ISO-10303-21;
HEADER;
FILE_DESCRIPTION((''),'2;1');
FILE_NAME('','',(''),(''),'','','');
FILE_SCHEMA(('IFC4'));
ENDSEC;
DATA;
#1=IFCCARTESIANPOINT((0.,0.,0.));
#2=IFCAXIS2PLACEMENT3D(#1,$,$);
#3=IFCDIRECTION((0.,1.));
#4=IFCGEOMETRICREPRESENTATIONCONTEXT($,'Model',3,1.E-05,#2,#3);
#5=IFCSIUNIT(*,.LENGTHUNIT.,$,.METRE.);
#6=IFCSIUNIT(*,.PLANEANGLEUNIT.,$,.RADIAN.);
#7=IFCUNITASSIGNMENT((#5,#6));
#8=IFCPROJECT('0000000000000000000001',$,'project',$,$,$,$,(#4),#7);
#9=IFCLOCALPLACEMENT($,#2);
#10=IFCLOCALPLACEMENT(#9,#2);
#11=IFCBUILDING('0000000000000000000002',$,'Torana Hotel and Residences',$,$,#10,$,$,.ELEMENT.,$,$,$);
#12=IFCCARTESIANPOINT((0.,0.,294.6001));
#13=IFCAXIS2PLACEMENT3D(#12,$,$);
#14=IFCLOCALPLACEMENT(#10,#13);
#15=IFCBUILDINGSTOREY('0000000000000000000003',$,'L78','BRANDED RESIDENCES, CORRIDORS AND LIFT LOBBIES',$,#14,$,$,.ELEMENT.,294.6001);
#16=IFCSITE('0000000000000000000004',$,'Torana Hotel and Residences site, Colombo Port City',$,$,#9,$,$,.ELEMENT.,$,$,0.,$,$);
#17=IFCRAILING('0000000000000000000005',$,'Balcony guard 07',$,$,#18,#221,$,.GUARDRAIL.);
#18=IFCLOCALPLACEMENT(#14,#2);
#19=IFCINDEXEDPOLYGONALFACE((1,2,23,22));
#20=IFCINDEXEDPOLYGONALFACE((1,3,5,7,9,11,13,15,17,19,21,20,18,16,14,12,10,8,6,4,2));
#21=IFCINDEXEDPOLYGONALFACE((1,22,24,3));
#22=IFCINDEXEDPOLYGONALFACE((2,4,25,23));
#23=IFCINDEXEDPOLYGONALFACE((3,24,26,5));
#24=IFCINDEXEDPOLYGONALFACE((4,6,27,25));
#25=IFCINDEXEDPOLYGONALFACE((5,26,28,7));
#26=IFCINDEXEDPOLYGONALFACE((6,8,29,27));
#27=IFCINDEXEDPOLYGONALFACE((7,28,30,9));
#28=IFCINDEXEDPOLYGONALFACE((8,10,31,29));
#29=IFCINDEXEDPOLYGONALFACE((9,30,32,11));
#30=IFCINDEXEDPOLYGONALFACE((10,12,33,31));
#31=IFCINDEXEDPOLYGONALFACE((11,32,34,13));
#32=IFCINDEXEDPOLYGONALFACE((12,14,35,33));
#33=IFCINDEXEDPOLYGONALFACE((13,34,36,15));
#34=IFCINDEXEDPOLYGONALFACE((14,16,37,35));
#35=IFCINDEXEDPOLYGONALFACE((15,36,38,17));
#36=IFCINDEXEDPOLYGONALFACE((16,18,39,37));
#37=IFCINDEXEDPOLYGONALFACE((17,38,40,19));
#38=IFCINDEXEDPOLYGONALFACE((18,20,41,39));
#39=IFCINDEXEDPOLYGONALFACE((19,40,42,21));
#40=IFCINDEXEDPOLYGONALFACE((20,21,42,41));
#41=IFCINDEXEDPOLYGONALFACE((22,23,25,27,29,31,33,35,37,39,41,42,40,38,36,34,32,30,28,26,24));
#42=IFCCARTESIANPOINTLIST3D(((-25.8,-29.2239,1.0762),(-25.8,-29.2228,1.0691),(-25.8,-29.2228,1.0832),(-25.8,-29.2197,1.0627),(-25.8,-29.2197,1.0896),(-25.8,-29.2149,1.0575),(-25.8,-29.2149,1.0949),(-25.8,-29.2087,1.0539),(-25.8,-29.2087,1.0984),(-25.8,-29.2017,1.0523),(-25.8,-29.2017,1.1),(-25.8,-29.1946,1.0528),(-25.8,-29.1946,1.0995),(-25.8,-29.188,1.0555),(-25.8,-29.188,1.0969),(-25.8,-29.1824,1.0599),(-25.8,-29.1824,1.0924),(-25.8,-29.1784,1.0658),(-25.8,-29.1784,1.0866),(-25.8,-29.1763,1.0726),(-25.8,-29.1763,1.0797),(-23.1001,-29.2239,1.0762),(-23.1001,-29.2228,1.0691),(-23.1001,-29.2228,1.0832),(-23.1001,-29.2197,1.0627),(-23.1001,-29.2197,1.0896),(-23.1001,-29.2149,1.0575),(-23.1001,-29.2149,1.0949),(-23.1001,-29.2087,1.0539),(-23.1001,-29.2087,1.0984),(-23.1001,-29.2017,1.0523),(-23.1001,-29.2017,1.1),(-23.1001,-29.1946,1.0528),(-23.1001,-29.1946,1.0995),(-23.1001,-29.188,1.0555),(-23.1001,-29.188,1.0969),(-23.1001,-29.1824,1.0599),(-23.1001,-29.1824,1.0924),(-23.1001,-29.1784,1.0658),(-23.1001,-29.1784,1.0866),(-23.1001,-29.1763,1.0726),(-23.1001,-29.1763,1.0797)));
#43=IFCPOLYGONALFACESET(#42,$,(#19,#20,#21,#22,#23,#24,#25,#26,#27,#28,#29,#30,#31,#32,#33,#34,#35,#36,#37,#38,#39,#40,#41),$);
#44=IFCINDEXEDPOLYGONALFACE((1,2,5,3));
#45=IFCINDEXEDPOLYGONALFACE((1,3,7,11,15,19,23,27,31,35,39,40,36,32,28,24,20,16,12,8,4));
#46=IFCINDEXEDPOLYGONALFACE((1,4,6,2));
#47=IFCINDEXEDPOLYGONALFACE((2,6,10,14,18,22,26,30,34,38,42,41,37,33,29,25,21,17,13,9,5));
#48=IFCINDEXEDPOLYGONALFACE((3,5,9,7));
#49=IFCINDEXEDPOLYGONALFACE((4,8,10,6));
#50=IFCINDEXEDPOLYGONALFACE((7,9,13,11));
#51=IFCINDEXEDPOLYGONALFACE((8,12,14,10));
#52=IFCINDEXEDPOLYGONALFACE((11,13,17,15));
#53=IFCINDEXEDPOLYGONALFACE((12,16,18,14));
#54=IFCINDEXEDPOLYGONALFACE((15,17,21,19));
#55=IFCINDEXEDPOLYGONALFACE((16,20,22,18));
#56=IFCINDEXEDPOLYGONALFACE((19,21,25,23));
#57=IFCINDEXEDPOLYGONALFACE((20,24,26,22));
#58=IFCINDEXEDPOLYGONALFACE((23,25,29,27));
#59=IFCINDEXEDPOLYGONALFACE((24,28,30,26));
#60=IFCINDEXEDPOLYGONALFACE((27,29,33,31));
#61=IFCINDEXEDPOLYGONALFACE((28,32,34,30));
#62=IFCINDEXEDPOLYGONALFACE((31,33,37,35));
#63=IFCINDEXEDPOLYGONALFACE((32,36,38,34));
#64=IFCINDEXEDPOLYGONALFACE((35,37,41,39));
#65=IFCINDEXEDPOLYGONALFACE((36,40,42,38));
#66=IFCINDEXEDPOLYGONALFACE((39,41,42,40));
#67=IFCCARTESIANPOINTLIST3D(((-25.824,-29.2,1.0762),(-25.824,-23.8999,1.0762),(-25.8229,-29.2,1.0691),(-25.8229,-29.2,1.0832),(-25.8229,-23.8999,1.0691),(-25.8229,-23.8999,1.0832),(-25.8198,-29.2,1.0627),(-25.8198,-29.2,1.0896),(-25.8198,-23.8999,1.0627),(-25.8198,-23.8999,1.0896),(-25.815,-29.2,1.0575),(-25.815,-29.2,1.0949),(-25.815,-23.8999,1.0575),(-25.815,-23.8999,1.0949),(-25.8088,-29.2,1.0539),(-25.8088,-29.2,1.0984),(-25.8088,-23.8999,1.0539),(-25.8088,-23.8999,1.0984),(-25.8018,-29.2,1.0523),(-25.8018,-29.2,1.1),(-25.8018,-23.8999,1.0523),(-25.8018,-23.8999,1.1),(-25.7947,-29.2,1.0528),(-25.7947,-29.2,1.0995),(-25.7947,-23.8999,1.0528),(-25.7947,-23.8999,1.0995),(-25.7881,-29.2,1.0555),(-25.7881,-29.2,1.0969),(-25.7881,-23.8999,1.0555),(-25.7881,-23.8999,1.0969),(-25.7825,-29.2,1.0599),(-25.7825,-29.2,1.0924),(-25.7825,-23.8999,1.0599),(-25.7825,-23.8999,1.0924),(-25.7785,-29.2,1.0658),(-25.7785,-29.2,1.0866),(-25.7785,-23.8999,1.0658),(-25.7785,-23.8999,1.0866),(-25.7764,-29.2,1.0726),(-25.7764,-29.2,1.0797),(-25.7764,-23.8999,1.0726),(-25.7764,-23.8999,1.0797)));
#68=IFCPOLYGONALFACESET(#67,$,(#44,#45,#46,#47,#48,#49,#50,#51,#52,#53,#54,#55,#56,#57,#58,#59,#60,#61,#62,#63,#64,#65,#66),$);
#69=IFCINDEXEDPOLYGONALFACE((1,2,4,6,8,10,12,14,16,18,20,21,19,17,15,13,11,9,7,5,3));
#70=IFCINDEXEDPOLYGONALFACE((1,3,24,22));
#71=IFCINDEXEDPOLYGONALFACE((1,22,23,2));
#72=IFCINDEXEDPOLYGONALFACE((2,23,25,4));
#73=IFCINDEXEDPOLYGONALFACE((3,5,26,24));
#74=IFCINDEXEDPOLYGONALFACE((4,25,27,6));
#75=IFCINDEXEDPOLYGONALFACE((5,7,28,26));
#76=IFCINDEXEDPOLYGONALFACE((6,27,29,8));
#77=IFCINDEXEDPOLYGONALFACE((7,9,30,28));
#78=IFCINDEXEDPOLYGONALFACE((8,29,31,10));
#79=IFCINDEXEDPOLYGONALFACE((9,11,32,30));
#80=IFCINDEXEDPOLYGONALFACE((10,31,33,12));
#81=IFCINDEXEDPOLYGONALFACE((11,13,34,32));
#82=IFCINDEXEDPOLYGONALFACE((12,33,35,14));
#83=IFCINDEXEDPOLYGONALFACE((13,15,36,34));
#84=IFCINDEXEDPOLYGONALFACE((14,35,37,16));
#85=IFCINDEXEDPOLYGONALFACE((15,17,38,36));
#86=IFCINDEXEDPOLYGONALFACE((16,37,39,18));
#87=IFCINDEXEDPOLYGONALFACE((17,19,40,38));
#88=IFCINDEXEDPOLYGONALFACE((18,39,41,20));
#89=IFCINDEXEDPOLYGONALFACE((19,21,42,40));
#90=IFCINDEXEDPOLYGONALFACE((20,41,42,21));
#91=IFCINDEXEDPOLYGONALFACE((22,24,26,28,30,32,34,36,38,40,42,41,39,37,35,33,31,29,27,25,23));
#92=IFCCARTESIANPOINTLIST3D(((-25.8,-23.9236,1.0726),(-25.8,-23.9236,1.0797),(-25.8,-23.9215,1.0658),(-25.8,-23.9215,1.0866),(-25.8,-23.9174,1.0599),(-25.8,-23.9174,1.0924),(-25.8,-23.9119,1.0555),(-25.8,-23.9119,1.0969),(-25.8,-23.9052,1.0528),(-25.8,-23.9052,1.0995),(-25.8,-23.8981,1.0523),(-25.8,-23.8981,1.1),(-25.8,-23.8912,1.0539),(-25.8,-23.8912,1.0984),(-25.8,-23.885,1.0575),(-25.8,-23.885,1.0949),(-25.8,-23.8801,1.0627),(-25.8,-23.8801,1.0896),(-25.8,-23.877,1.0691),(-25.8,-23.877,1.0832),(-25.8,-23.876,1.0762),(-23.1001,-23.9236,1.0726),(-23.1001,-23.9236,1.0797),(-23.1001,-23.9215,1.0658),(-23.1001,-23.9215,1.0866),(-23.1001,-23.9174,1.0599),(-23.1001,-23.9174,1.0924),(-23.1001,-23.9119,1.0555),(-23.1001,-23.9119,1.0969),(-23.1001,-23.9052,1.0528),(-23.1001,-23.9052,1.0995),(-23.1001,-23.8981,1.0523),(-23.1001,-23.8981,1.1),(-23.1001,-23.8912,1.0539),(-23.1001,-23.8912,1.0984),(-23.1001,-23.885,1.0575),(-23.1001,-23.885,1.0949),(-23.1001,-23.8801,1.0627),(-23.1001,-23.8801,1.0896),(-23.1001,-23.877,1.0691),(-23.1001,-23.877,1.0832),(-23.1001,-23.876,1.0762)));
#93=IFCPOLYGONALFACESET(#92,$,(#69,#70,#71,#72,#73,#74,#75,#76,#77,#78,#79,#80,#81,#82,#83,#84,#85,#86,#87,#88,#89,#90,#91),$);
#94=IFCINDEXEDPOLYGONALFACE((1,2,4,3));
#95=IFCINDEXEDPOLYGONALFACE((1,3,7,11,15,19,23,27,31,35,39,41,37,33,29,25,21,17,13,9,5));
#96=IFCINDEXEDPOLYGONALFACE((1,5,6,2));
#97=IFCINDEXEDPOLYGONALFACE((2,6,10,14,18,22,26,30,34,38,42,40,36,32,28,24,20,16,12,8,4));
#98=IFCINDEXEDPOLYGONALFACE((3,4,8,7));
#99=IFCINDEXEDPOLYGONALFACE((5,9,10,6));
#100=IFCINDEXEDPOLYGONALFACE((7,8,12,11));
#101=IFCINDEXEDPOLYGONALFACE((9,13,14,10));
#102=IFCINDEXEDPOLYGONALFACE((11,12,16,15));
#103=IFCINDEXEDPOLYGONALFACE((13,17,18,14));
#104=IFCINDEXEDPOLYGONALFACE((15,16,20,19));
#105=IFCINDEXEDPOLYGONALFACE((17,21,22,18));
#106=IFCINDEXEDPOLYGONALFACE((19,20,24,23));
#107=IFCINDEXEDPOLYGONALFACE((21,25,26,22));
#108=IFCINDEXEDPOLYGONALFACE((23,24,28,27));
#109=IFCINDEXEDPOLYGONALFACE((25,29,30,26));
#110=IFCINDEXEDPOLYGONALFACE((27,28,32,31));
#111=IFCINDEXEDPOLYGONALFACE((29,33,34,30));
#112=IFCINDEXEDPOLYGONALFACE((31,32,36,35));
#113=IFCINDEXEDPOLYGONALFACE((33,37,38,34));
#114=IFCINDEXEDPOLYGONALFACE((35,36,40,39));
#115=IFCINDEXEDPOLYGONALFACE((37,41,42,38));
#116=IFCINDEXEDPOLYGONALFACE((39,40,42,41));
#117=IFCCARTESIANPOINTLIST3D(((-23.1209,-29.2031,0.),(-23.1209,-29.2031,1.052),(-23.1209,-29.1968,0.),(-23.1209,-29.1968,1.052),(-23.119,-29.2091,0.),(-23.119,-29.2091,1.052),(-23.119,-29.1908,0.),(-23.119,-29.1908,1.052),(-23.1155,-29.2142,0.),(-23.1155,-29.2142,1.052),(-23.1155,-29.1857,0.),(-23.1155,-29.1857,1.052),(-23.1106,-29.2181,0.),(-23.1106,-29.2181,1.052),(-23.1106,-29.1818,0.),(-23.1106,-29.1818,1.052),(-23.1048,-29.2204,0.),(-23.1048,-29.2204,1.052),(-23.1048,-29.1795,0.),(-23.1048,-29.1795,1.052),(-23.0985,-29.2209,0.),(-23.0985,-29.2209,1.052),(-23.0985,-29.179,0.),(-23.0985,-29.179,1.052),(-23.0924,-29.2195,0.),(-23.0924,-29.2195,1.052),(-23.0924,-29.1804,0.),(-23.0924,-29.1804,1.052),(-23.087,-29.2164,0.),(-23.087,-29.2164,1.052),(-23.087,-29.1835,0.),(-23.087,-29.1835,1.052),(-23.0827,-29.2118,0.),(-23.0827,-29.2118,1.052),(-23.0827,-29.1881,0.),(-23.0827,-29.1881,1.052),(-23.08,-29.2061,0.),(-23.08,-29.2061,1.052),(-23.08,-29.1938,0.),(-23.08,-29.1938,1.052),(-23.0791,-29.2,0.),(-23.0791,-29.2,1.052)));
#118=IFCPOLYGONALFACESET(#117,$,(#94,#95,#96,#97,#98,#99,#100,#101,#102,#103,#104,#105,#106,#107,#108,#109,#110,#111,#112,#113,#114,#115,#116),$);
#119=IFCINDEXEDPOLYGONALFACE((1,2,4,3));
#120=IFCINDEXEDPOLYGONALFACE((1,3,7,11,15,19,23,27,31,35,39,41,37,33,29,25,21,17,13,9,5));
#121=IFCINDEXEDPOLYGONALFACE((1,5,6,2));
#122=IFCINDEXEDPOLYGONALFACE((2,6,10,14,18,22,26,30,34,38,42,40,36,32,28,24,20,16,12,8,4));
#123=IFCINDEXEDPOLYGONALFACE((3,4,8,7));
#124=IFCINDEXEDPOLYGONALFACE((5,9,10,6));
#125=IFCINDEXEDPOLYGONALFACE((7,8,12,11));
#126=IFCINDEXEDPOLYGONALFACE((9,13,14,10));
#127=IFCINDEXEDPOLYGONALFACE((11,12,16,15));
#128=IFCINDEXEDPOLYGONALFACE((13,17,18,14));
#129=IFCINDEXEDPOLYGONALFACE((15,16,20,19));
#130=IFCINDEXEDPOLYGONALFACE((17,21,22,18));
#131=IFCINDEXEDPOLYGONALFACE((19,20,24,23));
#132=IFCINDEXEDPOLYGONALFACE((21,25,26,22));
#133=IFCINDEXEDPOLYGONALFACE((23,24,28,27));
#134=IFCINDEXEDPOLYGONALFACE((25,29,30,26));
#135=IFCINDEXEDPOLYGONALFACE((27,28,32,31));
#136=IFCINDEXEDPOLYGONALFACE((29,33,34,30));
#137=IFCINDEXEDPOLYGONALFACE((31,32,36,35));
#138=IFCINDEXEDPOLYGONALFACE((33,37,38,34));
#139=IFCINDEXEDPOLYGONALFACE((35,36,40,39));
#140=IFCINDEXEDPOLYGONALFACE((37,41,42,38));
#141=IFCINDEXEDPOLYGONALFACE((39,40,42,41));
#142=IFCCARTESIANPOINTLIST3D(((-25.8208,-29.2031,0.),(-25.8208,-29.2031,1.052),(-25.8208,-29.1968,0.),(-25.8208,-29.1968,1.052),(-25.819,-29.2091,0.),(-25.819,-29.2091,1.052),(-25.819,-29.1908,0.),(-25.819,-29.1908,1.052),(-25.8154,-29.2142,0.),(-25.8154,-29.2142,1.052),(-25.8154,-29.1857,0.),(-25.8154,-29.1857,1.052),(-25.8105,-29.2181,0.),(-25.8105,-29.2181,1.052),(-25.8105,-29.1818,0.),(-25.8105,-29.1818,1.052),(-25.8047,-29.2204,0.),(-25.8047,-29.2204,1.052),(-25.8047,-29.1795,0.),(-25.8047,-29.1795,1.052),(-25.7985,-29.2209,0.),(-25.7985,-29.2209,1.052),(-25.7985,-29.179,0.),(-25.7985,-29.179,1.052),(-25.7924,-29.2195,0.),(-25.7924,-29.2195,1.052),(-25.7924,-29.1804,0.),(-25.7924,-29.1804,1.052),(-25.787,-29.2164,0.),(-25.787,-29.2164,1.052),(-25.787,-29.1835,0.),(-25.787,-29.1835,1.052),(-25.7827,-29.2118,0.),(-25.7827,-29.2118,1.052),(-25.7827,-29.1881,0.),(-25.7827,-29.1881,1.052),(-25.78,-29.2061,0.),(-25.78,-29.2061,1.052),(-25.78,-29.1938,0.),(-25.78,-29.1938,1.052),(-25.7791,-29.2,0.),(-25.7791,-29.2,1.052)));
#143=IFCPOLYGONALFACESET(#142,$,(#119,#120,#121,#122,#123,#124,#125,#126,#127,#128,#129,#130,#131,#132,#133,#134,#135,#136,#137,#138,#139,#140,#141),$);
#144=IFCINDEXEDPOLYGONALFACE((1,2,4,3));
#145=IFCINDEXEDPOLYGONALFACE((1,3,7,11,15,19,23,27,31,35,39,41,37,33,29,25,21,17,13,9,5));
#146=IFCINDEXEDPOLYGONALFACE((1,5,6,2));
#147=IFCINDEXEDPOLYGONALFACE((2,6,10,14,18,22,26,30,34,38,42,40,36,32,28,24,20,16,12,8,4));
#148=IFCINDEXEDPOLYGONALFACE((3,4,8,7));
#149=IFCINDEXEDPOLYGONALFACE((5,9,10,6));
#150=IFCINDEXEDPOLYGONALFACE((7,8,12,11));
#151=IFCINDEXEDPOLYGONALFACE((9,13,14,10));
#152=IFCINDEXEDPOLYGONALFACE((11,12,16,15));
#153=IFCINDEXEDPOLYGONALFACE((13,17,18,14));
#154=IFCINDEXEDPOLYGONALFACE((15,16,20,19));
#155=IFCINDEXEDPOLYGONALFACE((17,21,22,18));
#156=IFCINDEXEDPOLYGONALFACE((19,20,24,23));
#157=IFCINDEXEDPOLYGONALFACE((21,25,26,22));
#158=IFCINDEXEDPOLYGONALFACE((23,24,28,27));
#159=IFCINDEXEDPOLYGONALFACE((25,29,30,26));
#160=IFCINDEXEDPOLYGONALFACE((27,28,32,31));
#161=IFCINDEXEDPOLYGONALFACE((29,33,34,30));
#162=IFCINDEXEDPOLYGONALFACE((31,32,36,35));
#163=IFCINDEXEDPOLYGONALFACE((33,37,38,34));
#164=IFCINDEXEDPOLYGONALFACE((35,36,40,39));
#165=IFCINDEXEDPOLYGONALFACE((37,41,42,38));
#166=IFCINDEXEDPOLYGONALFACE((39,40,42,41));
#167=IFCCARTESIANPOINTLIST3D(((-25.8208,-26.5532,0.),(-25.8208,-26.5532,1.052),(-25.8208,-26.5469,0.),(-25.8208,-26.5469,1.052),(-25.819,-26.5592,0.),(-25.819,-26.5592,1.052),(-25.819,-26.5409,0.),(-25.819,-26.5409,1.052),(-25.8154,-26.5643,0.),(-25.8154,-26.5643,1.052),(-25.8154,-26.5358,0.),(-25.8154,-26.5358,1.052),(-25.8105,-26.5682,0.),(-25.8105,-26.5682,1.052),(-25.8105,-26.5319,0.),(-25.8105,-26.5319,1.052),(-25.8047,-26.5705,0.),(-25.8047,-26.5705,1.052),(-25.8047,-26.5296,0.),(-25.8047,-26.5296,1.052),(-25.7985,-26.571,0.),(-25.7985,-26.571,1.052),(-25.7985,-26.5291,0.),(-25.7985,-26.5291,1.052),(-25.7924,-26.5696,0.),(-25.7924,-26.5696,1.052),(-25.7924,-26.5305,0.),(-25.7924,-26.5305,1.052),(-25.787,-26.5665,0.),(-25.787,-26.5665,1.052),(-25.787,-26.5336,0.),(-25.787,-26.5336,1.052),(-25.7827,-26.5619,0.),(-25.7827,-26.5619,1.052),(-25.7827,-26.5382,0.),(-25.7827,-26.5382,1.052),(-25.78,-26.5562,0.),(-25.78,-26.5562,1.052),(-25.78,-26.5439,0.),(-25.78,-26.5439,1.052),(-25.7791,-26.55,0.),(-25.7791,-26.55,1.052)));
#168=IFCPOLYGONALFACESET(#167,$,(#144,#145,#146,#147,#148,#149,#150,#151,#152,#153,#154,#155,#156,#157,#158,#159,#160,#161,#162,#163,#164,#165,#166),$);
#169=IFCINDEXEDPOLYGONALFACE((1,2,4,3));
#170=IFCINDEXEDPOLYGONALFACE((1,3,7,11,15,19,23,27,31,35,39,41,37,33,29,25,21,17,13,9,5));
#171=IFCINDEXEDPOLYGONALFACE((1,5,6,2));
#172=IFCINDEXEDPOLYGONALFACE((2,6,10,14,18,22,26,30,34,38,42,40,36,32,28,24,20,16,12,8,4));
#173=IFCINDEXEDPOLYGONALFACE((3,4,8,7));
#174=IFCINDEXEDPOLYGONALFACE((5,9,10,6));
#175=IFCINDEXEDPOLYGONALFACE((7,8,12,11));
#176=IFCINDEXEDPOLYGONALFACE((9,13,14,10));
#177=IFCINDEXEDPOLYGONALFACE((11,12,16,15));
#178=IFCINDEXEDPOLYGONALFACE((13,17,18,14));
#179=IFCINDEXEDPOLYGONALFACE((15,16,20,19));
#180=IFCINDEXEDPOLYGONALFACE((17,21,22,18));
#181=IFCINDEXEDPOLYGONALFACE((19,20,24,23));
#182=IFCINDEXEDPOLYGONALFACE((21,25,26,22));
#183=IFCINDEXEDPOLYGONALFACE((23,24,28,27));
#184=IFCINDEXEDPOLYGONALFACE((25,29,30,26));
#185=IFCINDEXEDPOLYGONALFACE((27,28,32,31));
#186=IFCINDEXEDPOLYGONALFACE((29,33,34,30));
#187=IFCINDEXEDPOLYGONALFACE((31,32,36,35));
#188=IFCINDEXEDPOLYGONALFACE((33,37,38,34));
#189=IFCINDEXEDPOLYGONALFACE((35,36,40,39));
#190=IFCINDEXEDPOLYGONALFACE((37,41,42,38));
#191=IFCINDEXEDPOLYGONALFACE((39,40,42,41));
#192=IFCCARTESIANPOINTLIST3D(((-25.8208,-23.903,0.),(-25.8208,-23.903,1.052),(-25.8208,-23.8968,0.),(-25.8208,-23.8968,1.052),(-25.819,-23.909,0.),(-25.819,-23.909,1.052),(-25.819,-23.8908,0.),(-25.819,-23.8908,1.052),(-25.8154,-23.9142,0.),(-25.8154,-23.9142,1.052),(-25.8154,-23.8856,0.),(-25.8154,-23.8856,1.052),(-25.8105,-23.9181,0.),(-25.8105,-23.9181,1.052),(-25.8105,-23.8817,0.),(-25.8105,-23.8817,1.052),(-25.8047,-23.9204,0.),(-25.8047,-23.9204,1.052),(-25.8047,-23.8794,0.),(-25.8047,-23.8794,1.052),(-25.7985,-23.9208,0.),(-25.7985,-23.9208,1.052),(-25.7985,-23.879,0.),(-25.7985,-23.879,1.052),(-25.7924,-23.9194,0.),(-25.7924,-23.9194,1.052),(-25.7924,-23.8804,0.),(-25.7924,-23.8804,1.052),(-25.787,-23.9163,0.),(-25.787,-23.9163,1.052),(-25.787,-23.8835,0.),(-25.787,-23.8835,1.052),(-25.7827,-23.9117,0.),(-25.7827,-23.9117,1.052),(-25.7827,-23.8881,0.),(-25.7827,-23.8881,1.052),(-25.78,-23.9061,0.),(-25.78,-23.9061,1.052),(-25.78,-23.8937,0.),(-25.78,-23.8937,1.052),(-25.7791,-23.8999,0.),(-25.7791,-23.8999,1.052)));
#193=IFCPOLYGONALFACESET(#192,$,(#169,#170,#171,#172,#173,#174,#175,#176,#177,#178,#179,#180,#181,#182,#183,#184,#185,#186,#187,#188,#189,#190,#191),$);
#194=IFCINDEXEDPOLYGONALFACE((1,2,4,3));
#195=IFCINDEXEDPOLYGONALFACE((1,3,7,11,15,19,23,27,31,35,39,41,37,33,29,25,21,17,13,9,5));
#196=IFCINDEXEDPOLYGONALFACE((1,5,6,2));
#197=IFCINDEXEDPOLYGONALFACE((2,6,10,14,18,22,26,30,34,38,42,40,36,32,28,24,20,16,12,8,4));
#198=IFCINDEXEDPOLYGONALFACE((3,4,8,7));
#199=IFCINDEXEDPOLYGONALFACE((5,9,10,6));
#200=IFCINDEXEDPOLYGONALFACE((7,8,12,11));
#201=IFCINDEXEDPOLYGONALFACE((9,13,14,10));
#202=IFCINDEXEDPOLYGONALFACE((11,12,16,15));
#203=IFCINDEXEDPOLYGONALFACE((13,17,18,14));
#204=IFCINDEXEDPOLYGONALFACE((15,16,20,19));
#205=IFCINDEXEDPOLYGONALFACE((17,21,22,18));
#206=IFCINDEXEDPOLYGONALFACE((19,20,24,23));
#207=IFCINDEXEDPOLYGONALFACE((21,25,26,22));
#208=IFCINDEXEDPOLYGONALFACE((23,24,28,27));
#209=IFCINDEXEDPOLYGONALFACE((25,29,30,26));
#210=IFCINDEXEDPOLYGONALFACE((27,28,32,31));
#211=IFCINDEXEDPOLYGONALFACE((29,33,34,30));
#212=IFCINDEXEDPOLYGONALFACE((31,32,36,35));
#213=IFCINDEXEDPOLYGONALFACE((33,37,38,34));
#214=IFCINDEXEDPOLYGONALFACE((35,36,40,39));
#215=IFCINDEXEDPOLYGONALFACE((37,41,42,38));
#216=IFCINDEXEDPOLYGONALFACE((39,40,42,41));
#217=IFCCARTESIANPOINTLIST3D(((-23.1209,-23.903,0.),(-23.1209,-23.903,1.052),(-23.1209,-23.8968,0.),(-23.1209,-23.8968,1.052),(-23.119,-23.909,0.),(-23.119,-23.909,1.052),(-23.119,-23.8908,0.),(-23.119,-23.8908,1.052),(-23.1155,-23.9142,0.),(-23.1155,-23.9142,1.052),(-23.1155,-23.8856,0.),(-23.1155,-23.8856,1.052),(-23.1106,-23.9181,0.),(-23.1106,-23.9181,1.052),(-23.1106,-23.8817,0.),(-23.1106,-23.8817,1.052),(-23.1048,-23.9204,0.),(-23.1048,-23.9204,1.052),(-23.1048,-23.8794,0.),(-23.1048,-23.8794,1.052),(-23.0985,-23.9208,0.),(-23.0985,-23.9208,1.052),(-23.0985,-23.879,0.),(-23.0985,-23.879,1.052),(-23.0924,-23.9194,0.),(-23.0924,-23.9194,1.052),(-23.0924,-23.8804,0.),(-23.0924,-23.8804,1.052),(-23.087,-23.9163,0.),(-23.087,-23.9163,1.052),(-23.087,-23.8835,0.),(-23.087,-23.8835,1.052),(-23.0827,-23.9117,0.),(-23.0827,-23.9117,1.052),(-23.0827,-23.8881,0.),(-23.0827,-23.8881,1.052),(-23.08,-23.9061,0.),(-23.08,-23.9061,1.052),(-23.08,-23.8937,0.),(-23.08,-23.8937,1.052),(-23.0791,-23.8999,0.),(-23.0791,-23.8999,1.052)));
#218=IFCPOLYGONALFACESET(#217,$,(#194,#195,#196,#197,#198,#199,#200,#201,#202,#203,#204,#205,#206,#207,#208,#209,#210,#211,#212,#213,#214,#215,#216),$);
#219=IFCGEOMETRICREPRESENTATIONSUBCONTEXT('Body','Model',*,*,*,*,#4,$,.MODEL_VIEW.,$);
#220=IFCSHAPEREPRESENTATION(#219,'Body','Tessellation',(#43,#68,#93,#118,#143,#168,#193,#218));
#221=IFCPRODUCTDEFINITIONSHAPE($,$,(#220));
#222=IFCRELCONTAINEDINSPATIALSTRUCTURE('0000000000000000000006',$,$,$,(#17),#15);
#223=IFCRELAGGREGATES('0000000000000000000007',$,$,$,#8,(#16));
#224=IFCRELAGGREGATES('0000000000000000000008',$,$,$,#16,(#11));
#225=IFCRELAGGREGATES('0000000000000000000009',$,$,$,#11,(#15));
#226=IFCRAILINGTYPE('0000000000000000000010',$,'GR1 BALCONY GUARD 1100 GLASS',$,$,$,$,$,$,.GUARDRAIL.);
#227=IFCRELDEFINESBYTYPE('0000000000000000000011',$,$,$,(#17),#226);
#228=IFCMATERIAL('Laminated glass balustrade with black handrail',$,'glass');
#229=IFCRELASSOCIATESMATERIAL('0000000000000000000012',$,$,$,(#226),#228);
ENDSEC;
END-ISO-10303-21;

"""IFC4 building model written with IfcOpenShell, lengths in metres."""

from ifc_helpers import new_model, si_unit, direction, frame, origin, origin_2d, place, context, subcontext, project, spatial, circle, extrude, material, type_object, element, save


model = new_model("IFC4")

# Units and contexts
model_context = context("Model", 3, precision=1e-05, world=origin(), true_north=direction((0.0, 1.0)))
body_context = subcontext(model_context, "Body", "Model", "MODEL_VIEW")
ifc_project = project(units=[si_unit("LENGTHUNIT", "METRE"), si_unit("PLANEANGLEUNIT", "RADIAN")], contexts=[model_context])

# Site, building, storey
site_placement = place(None, origin())
site = spatial("IfcSite", under=ifc_project, at=site_placement, Name="Torana Hotel and Residences site, Colombo Port City", CompositionType="ELEMENT", RefElevation=0.0)
building_placement = place(site_placement, origin())
building = spatial("IfcBuilding", under=site, at=building_placement, Name="Torana Hotel and Residences", CompositionType="ELEMENT")
storey_placement = place(building_placement, frame((0.0, 0.0, 294.6001)))
storey = spatial("IfcBuildingStorey", under=building, at=storey_placement, Name="L78", Description="BRANDED RESIDENCES, CORRIDORS AND LIFT LOBBIES", CompositionType="ELEMENT", Elevation=294.6001)

# Railing
ifc_material_1 = material(Name="Laminated glass balustrade with black handrail", Category="glass")
railing_type = type_object("IfcRailingType", Name="GR1 BALCONY GUARD 1100 GLASS", PredefinedType="GUARDRAIL", material=ifc_material_1)
railing_placement = place(storey_placement, frame((-23.1001, -29.2, 0.0)))
element("IfcRailing", 1, at=railing_placement, inside=storey, type_object=railing_type, Name="Balcony guard 07", PredefinedType="GUARDRAIL", context=body_context, shape_type="SweptSolid", body=[
    extrude(circle(Radius=0.0239, at=origin_2d()), frame((0.0, 0.0, 1.0762), z_axis=(-1.0, 0.0, 0.0), x_axis=(0.0, -1.0, 0.0)), (0.0, 0.0, 1.0), 2.7),
    extrude(circle(Radius=0.0239, at=origin_2d()), frame((-2.7, 0.0, 1.0762), z_axis=(0.0, 1.0, 0.0), x_axis=(-1.0, 0.0, 0.0)), (0.0, 0.0, 1.0), 5.3),
    extrude(circle(Radius=0.0239, at=origin_2d()), frame((-2.7, 5.3, 1.0762), z_axis=(1.0, 0.0, 0.0), x_axis=(0.0, 1.0, 0.0)), (0.0, 0.0, 1.0), 2.7),
    extrude(circle(Radius=0.021, at=origin_2d()), origin(), (0.0, 0.0, 1.0), 1.052),
    extrude(circle(Radius=0.021, at=origin_2d()), frame((-2.7, 0.0, 0.0)), (0.0, 0.0, 1.0), 1.052),
    extrude(circle(Radius=0.021, at=origin_2d()), frame((-2.7, 2.6499, 0.0)), (0.0, 0.0, 1.0), 1.052),
    extrude(circle(Radius=0.021, at=origin_2d()), frame((-2.7, 5.3, 0.0)), (0.0, 0.0, 1.0), 1.052),
    extrude(circle(Radius=0.021, at=origin_2d()), frame((0.0, 5.3, 0.0)), (0.0, 0.0, 1.0), 1.052),
])

save(model, "model.ifc")
